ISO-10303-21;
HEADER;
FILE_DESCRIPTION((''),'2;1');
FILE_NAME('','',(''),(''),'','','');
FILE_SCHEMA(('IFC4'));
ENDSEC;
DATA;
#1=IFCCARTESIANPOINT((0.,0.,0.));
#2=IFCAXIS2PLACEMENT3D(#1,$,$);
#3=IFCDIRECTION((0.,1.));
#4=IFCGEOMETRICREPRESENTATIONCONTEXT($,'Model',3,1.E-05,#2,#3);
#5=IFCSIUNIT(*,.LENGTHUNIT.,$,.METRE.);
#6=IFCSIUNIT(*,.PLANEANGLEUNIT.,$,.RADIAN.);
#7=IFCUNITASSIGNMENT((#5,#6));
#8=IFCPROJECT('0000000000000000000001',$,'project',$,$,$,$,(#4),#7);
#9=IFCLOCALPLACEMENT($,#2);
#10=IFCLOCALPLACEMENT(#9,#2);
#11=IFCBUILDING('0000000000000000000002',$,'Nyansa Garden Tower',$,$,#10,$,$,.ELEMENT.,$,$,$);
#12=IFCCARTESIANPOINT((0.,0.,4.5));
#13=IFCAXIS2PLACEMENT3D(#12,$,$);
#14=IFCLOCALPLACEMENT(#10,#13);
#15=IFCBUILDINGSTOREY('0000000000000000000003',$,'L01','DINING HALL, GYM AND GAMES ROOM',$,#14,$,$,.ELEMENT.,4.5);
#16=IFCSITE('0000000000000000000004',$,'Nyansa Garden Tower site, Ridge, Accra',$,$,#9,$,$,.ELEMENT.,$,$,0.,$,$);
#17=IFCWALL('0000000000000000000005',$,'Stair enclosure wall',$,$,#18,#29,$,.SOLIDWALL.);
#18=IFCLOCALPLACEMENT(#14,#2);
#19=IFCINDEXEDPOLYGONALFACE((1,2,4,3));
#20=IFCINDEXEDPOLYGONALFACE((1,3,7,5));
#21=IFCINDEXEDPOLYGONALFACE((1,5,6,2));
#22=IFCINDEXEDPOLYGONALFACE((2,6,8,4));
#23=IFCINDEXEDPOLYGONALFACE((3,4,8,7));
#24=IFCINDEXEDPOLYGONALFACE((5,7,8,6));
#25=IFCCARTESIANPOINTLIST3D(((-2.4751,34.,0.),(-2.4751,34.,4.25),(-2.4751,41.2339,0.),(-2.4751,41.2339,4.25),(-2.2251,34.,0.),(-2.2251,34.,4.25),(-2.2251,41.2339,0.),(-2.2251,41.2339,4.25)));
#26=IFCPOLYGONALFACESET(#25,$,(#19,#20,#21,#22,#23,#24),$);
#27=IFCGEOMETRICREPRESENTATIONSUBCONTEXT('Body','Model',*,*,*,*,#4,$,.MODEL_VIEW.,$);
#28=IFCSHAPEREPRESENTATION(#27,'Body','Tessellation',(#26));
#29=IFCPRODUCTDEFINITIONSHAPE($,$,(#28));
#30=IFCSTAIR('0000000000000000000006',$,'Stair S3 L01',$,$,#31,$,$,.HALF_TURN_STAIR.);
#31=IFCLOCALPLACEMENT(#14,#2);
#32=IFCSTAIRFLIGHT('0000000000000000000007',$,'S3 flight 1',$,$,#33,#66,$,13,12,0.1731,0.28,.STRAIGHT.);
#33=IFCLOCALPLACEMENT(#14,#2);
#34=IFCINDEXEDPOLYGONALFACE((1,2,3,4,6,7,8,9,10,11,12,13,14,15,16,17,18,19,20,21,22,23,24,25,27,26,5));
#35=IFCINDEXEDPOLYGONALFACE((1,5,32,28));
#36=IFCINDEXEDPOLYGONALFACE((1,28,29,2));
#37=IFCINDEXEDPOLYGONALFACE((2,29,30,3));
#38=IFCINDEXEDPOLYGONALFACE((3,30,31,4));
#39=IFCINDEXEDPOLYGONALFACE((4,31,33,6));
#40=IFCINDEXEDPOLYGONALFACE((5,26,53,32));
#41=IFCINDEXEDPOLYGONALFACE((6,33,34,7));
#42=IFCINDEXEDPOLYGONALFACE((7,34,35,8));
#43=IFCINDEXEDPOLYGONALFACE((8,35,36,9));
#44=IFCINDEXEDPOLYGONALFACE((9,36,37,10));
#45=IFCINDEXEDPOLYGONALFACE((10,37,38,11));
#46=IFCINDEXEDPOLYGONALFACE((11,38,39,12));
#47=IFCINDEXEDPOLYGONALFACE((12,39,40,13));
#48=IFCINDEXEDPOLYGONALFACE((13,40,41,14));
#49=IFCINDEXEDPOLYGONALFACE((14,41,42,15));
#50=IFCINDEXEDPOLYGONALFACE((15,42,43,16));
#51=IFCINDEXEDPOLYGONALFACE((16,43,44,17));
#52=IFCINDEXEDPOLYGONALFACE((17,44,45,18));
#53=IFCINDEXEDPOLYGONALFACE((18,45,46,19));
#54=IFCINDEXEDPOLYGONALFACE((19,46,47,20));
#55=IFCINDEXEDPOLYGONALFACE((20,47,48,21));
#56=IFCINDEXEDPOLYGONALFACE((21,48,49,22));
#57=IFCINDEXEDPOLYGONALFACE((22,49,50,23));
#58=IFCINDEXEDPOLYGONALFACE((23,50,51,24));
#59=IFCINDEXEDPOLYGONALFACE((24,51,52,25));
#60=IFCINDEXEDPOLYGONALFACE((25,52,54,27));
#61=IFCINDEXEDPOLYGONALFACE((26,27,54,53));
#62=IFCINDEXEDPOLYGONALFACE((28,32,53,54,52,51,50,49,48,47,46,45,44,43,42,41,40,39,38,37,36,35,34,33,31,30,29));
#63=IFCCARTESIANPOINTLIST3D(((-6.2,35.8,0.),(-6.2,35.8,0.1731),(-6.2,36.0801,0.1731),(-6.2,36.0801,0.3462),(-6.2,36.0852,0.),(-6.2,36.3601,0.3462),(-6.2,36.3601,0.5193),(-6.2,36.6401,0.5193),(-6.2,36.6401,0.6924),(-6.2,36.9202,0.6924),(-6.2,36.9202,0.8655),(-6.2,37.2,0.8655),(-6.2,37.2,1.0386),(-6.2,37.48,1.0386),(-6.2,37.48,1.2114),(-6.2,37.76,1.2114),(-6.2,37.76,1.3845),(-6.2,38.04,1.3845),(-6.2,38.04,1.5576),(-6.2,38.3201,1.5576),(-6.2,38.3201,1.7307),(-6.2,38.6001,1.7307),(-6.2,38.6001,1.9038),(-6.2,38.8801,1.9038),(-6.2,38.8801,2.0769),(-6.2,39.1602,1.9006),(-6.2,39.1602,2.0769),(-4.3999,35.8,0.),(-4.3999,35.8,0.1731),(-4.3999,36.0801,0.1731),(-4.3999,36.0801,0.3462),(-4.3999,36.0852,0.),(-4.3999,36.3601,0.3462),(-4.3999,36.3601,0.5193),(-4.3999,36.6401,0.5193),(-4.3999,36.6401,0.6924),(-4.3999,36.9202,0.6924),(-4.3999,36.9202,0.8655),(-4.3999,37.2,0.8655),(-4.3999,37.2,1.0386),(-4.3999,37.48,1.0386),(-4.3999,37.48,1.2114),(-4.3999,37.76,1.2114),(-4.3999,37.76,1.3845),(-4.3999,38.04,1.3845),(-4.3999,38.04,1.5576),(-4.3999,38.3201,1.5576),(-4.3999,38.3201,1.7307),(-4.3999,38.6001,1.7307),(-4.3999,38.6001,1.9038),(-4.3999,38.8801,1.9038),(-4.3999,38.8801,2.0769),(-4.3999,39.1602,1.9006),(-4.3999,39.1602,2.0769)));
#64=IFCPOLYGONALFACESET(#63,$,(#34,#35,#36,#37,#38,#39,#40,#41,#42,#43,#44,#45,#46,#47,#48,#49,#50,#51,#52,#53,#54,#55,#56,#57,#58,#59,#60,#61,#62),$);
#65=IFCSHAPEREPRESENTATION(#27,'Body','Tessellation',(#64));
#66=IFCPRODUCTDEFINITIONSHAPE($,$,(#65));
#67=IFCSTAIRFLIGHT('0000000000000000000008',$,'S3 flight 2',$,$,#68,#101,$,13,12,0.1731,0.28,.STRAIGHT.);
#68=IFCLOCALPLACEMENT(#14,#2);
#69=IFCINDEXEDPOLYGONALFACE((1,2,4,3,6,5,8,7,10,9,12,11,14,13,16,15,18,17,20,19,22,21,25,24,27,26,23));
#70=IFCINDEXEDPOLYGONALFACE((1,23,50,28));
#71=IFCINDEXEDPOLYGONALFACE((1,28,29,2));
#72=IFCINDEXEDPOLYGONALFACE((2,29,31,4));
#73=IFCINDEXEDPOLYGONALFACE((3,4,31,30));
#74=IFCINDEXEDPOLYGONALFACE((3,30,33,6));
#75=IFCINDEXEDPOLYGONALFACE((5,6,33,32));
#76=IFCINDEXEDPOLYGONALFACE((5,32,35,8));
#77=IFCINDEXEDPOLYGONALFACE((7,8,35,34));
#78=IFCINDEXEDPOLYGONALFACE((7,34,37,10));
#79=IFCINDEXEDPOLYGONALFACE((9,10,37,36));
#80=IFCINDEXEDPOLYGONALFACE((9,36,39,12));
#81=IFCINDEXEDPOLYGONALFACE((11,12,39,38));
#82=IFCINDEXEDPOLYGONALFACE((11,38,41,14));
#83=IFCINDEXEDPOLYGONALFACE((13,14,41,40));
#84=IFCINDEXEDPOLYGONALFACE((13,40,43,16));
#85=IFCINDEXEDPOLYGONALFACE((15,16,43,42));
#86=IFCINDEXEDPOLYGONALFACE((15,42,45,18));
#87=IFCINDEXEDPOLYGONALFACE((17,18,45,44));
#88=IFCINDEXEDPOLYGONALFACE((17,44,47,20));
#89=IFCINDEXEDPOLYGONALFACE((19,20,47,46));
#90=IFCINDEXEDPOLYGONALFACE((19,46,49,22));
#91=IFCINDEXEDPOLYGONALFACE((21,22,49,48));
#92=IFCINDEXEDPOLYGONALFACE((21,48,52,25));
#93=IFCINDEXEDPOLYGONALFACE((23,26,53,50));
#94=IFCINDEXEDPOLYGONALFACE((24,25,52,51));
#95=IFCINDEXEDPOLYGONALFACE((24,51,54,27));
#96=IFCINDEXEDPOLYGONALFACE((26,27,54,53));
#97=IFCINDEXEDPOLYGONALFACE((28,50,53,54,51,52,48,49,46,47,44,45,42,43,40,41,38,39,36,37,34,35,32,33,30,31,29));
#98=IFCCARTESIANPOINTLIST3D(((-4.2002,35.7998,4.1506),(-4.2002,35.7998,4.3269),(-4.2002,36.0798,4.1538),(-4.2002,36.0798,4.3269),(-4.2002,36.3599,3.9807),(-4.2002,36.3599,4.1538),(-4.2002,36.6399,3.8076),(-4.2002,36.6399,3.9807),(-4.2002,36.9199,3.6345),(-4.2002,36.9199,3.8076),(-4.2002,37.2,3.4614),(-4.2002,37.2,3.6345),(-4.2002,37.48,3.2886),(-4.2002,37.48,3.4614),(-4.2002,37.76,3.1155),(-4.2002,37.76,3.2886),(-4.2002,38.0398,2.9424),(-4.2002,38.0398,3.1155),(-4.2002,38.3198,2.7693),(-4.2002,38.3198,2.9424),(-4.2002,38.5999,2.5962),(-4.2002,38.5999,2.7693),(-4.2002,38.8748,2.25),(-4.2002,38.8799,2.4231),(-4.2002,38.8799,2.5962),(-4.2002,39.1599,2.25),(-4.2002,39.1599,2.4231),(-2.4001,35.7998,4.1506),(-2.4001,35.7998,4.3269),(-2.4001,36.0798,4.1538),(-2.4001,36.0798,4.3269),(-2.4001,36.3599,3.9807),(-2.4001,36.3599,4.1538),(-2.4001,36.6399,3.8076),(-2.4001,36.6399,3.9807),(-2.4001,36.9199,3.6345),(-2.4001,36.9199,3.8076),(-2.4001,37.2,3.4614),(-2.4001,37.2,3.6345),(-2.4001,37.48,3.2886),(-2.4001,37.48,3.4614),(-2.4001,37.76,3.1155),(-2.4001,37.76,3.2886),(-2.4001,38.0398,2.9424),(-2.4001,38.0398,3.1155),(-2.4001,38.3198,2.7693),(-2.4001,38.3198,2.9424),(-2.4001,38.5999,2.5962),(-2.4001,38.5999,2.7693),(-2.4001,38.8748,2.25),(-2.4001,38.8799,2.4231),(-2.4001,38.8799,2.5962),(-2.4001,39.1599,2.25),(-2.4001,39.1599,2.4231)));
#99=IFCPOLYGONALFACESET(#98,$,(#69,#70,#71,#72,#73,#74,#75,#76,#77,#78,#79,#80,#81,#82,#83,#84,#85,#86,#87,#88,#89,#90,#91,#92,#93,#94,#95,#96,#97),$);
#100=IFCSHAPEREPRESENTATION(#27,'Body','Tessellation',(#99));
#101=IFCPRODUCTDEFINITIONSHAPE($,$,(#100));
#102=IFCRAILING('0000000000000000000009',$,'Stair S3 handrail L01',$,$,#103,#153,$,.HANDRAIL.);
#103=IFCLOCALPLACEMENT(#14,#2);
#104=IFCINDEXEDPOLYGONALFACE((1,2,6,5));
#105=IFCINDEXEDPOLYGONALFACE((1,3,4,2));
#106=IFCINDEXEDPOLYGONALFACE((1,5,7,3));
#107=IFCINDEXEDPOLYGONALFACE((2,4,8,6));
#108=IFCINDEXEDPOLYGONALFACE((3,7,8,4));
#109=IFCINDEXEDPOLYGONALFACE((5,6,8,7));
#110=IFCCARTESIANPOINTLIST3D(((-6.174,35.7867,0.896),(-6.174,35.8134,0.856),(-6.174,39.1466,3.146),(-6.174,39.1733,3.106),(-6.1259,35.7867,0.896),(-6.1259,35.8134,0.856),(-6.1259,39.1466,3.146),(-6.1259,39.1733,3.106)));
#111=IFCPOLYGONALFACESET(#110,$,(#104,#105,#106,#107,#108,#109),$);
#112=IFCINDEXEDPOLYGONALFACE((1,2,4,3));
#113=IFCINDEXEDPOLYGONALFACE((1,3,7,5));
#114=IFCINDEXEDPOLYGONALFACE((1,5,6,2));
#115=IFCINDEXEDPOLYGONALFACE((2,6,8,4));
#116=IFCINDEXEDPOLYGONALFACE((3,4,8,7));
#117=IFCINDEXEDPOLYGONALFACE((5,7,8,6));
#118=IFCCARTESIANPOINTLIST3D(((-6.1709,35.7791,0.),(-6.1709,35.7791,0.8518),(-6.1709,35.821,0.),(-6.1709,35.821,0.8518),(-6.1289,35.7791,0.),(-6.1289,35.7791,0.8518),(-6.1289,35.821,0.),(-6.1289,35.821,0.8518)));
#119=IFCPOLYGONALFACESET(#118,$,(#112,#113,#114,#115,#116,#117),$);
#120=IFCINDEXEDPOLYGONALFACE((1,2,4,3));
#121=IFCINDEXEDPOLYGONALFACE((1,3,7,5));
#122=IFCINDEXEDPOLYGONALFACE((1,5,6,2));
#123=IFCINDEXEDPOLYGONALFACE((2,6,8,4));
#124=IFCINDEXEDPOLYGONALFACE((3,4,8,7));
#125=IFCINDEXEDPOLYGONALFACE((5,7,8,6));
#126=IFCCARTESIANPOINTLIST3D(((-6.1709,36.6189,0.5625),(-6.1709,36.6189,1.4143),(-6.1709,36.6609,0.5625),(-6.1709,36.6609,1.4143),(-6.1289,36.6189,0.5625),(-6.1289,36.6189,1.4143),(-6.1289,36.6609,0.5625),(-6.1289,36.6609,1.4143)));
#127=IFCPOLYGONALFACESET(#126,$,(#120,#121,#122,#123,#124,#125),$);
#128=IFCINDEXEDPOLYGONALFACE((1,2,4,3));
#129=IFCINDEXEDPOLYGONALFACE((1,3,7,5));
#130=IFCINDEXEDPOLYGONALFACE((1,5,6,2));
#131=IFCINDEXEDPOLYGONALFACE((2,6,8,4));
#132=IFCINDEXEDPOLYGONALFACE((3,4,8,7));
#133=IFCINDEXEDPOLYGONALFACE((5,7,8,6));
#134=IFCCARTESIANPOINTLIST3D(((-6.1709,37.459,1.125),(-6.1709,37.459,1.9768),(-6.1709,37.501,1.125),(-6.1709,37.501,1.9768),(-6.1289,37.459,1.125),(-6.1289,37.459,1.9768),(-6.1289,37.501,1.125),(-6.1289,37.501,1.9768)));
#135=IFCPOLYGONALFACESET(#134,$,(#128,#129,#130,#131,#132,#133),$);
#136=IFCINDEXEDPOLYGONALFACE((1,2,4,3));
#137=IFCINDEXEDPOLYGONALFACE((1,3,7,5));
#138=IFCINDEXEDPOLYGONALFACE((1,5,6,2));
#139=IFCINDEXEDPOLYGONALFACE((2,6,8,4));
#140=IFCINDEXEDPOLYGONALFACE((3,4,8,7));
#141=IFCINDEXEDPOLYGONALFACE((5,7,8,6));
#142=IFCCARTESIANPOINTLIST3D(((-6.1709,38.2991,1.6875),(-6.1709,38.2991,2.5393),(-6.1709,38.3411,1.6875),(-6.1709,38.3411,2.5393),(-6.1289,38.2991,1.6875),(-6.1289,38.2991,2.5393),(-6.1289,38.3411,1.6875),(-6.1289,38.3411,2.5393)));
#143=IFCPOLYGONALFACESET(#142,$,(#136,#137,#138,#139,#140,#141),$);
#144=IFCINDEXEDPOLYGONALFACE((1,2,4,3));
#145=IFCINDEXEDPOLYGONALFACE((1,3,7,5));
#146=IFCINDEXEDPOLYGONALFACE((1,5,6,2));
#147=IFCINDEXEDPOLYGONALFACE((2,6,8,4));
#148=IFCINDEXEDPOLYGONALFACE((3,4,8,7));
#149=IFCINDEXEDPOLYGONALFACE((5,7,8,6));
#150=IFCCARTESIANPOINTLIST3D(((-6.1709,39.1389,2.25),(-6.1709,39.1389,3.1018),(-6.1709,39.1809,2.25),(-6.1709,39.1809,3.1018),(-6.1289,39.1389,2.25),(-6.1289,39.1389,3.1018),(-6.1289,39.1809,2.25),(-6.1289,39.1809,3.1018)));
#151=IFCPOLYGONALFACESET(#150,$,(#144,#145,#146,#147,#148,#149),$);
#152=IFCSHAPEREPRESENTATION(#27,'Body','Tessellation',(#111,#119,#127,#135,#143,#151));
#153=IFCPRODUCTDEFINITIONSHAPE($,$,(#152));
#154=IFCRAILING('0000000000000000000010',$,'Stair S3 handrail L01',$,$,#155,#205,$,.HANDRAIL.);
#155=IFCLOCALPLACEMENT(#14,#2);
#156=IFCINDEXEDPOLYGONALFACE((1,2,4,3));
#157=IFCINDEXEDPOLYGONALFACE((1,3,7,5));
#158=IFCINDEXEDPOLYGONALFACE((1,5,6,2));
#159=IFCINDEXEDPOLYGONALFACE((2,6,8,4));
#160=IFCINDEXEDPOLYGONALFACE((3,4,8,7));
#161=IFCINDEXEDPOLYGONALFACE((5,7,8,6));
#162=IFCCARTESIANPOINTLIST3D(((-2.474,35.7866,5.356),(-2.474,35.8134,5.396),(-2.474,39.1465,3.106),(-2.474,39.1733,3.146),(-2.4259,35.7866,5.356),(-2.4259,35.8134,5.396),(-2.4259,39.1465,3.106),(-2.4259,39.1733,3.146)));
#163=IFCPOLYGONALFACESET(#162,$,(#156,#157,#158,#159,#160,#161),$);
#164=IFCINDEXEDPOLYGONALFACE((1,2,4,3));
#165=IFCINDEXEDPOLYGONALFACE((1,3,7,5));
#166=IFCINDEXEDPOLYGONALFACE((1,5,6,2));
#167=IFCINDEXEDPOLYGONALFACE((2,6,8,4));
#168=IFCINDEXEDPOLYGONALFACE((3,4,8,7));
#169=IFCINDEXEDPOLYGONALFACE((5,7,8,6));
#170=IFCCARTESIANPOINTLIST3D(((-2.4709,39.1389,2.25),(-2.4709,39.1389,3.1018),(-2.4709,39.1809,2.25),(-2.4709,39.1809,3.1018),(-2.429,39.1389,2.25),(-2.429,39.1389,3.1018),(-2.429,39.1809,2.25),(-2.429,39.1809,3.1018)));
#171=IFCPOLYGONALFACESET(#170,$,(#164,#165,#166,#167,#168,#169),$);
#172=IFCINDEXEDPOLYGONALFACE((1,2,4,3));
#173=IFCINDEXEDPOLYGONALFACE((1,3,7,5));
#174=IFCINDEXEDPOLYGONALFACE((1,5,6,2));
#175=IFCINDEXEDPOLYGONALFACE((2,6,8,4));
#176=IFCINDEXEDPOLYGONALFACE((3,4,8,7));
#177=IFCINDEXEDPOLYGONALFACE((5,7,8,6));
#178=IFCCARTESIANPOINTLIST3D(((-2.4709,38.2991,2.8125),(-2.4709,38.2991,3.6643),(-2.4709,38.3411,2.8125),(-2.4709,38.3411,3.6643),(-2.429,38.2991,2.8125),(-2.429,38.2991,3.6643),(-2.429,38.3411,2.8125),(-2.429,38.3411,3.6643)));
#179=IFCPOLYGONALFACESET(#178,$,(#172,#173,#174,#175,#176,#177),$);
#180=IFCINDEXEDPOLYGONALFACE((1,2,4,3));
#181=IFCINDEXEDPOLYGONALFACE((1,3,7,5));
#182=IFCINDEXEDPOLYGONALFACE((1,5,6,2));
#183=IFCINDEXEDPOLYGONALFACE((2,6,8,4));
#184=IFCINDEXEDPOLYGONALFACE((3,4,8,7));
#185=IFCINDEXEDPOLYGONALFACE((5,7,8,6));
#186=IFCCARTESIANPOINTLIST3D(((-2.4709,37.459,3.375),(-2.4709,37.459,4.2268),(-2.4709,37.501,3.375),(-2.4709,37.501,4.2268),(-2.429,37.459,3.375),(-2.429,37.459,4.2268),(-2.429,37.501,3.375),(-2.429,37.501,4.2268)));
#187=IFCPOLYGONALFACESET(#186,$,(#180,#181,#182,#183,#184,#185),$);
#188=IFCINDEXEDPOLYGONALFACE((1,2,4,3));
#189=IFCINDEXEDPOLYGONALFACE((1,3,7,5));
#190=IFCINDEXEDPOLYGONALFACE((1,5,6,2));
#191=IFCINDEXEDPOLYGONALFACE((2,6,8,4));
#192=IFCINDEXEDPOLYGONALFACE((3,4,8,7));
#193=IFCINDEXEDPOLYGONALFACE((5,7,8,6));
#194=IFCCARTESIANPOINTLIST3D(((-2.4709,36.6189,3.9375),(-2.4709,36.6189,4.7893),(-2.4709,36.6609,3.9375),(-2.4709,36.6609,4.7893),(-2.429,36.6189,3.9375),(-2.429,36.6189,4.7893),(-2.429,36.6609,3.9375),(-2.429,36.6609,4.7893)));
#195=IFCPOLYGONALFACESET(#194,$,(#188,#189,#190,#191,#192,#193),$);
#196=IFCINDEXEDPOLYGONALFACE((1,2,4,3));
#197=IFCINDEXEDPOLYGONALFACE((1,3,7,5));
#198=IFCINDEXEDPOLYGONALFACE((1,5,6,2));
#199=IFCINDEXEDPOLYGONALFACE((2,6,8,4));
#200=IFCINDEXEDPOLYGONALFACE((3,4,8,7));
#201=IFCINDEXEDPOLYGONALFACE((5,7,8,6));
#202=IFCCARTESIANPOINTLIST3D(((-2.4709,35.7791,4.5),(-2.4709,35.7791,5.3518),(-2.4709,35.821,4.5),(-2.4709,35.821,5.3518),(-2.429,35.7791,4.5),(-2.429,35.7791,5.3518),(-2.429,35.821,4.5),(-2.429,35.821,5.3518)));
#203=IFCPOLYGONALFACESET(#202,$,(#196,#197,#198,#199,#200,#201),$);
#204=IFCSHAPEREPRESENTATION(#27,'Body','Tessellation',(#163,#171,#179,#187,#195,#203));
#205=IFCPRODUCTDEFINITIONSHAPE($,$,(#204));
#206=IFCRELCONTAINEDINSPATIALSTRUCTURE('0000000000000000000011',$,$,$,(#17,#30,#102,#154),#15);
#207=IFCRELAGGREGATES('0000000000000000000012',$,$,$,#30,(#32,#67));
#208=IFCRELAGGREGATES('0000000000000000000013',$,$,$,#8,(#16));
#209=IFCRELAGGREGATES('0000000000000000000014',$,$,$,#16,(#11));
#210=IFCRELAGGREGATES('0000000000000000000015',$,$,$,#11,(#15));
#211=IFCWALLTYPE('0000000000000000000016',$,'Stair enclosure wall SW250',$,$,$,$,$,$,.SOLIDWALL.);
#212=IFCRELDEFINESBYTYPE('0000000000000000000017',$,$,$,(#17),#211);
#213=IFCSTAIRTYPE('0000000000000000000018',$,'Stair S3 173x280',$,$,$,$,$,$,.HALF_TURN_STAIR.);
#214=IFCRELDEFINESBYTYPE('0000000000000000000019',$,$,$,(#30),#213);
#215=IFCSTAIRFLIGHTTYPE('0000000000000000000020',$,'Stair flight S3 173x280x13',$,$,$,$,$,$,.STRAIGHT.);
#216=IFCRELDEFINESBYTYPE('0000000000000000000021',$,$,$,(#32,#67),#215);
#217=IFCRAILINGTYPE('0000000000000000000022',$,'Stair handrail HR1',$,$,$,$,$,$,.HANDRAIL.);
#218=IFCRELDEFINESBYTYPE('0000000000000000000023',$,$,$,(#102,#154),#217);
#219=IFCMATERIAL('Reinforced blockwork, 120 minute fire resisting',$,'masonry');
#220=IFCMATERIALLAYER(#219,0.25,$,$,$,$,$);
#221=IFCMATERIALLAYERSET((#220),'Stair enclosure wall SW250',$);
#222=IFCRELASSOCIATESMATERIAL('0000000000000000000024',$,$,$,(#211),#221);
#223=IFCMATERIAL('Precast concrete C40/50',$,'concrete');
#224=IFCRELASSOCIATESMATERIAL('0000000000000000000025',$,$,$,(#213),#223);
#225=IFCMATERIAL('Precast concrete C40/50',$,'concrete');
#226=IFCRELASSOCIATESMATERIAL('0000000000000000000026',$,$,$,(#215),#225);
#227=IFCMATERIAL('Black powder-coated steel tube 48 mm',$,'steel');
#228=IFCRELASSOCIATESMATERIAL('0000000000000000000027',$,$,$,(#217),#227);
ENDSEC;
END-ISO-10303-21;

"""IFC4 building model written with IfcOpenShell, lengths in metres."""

from ifc_helpers import new_model, si_unit, direction, frame, frame_2d, origin, origin_2d, place, context, subcontext, project, spatial, polyline, rectangle, outline, extrude, material, layer, layer_set, type_object, element, aggregate, save


model = new_model("IFC4")

# Units and contexts
model_context = context("Model", 3, precision=1e-05, world=origin(), true_north=direction((0.0, 1.0)))
body_context = subcontext(model_context, "Body", "Model", "MODEL_VIEW")
ifc_project = project(units=[si_unit("LENGTHUNIT", "METRE"), si_unit("PLANEANGLEUNIT", "RADIAN")], contexts=[model_context])

# Site, building, storey
site_placement = place(None, origin())
site = spatial("IfcSite", under=ifc_project, at=site_placement, Name="Nyansa Garden Tower site, Ridge, Accra", CompositionType="ELEMENT", RefElevation=0.0)
building_placement = place(site_placement, origin())
building = spatial("IfcBuilding", under=site, at=building_placement, Name="Nyansa Garden Tower", CompositionType="ELEMENT")
storey_placement = place(building_placement, frame((0.0, 0.0, 4.5)))
storey = spatial("IfcBuildingStorey", under=building, at=storey_placement, Name="L01", Description="DINING HALL, GYM AND GAMES ROOM", CompositionType="ELEMENT", Elevation=4.5)

# Shared definitions
ifc_material_1 = material(Name="Reinforced blockwork, 120 minute fire resisting", Category="masonry")
ifc_layer_1 = layer(ifc_material_1, 0.25)
ifc_layer_set_1 = layer_set([ifc_layer_1], Name="Stair enclosure wall SW250")
wall_type = type_object("IfcWallType", Name="Stair enclosure wall SW250", PredefinedType="SOLIDWALL", material=ifc_layer_set_1)

# Wall
wall_1_placement = place(storey_placement, frame((-2.3501, 34.0, 0.0), z_axis=(0.0, 0.0, 1.0), x_axis=(0.0, 1.0, 0.0)))
element("IfcWall", 1, at=wall_1_placement, inside=storey, type_object=wall_type, Name="Stair enclosure wall", PredefinedType="SOLIDWALL", context=body_context, shape_type="SweptSolid", body=[
    extrude(rectangle(XDim=7.2339, YDim=0.25, at=frame_2d((3.6169, 0.0))), origin(), (0.0, 0.0, 1.0), 4.25),
])

# Stair, stair flights
ifc_material_2 = material(Name="Precast concrete C40/50", Category="concrete")
stair_type = type_object("IfcStairType", Name="Stair S3 173x280", PredefinedType="HALF_TURN_STAIR", material=ifc_material_2)
stair_placement = place(storey_placement, origin())
stair = element("IfcStair", 2, at=stair_placement, inside=storey, type_object=stair_type, Name="Stair S3 L01", PredefinedType="HALF_TURN_STAIR")
ifc_material_3 = material(Name="Precast concrete C40/50", Category="concrete")
stair_flight_type = type_object("IfcStairFlightType", Name="Stair flight S3 173x280x13", PredefinedType="STRAIGHT", material=ifc_material_3)
stair_flight_1_placement = place(storey_placement, frame((-5.3, 35.8, 0.0), z_axis=(0.0, 0.0, 1.0), x_axis=(0.0, 1.0, 0.0)))
stair_flight_1 = element("IfcStairFlight", 3, at=stair_flight_1_placement, type_object=stair_flight_type, Name="S3 flight 1", NumberOfRisers=13, NumberOfTreads=12, PredefinedType="STRAIGHT", RiserHeight=0.1731, TreadLength=0.28, context=body_context, shape_type="SweptSolid", body=[
    extrude(outline(polyline([(0.0, 0.0), (0.0, 0.1731), (0.28, 0.1731), (0.28, 0.3462), (0.5601, 0.3462), (0.5601, 0.5193), (0.8401, 0.5193), (0.8401, 0.6924), (1.1201, 0.6924), (1.1201, 0.8655), (1.3999, 0.8655), (1.3999, 1.0386), (1.6799, 1.0386), (1.6799, 1.2114), (1.96, 1.2114), (1.96, 1.3845), (2.24, 1.3845), (2.24, 1.5576), (2.52, 1.5576), (2.52, 1.7307), (2.8, 1.7307), (2.8, 1.9038), (3.0801, 1.9038), (3.0801, 2.0769), (3.3601, 2.0769), (3.3601, 2.25), (3.3601, 1.9006), (0.2852, 0.0), (0.0, 0.0)])), frame((0.0, 0.8999, 0.0), z_axis=(0.0, -1.0, 0.0), x_axis=(1.0, 0.0, 0.0)), (0.0, 0.0, 1.0), 1.8),
])
stair_flight_2_placement = place(storey_placement, frame((-3.3, 39.1599, 2.25), z_axis=(0.0, 0.0, 1.0), x_axis=(0.0, -1.0, 0.0)))
stair_flight_2 = element("IfcStairFlight", 4, at=stair_flight_2_placement, type_object=stair_flight_type, Name="S3 flight 2", NumberOfRisers=13, NumberOfTreads=12, PredefinedType="STRAIGHT", RiserHeight=0.1731, TreadLength=0.28, context=body_context, shape_type="SweptSolid", body=[
    extrude(outline(polyline([(0.0, 0.0), (0.0, 0.1731), (0.28, 0.1731), (0.28, 0.3462), (0.5601, 0.3462), (0.5601, 0.5193), (0.8401, 0.5193), (0.8401, 0.6924), (1.1201, 0.6924), (1.1201, 0.8655), (1.3999, 0.8655), (1.3999, 1.0386), (1.6799, 1.0386), (1.6799, 1.2114), (1.96, 1.2114), (1.96, 1.3845), (2.24, 1.3845), (2.24, 1.5576), (2.52, 1.5576), (2.52, 1.7307), (2.8, 1.7307), (2.8, 1.9038), (3.0801, 1.9038), (3.0801, 2.0769), (3.3601, 2.0769), (3.3601, 2.25), (3.3601, 1.9006), (0.2852, 0.0), (0.0, 0.0)])), frame((0.0, 0.8999, 0.0), z_axis=(0.0, -1.0, 0.0), x_axis=(1.0, 0.0, 0.0)), (0.0, 0.0, 1.0), 1.8),
])
aggregate(stair, [stair_flight_1, stair_flight_2])

# Railings
ifc_material_4 = material(Name="Black powder-coated steel tube 48 mm", Category="steel")
railing_type = type_object("IfcRailingType", Name="Stair handrail HR1", PredefinedType="HANDRAIL", material=ifc_material_4)
railing_1_placement = place(storey_placement, frame((-6.1499, 35.8, 0.0)))
element("IfcRailing", 5, at=railing_1_placement, inside=storey, type_object=railing_type, Name="Stair S3 handrail L01", PredefinedType="HANDRAIL", context=body_context, shape_type="SweptSolid", body=[
    extrude(rectangle(XDim=0.0481, YDim=0.0481, at=origin_2d()), frame((0.0, 0.0, 0.876), z_axis=(0.0, 0.830897, 0.556427), x_axis=(-1.0, 0.0, 0.0)), (0.0, 0.0, 1.0), 4.0437),
    extrude(rectangle(XDim=0.042, YDim=0.042, at=origin_2d()), origin(), (0.0, 0.0, 1.0), 0.8518),
    extrude(rectangle(XDim=0.042, YDim=0.042, at=origin_2d()), frame((0.0, 0.8398, 0.5625)), (0.0, 0.0, 1.0), 0.8518),
    extrude(rectangle(XDim=0.042, YDim=0.042, at=origin_2d()), frame((0.0, 1.6799, 1.125)), (0.0, 0.0, 1.0), 0.8518),
    extrude(rectangle(XDim=0.042, YDim=0.042, at=origin_2d()), frame((0.0, 2.52, 1.6875)), (0.0, 0.0, 1.0), 0.8518),
    extrude(rectangle(XDim=0.042, YDim=0.042, at=origin_2d()), frame((0.0, 3.3599, 2.25)), (0.0, 0.0, 1.0), 0.8518),
])
railing_2_placement = place(storey_placement, frame((-2.45, 39.1599, 2.25)))
element("IfcRailing", 6, at=railing_2_placement, inside=storey, type_object=railing_type, Name="Stair S3 handrail L01", PredefinedType="HANDRAIL", context=body_context, shape_type="SweptSolid", body=[
    extrude(rectangle(XDim=0.0481, YDim=0.0481, at=origin_2d()), frame((0.0, 0.0, 0.876), z_axis=(0.0, -0.830897, 0.556427), x_axis=(1.0, 0.0, 0.0)), (0.0, 0.0, 1.0), 4.0437),
    extrude(rectangle(XDim=0.042, YDim=0.042, at=origin_2d()), origin(), (0.0, 0.0, 1.0), 0.8518),
    extrude(rectangle(XDim=0.042, YDim=0.042, at=origin_2d()), frame((0.0, -0.8398, 0.5625)), (0.0, 0.0, 1.0), 0.8518),
    extrude(rectangle(XDim=0.042, YDim=0.042, at=origin_2d()), frame((0.0, -1.6799, 1.125)), (0.0, 0.0, 1.0), 0.8518),
    extrude(rectangle(XDim=0.042, YDim=0.042, at=origin_2d()), frame((0.0, -2.52, 1.6875)), (0.0, 0.0, 1.0), 0.8518),
    extrude(rectangle(XDim=0.042, YDim=0.042, at=origin_2d()), frame((0.0, -3.3599, 2.25)), (0.0, 0.0, 1.0), 0.8518),
])

save(model, "model.ifc")
